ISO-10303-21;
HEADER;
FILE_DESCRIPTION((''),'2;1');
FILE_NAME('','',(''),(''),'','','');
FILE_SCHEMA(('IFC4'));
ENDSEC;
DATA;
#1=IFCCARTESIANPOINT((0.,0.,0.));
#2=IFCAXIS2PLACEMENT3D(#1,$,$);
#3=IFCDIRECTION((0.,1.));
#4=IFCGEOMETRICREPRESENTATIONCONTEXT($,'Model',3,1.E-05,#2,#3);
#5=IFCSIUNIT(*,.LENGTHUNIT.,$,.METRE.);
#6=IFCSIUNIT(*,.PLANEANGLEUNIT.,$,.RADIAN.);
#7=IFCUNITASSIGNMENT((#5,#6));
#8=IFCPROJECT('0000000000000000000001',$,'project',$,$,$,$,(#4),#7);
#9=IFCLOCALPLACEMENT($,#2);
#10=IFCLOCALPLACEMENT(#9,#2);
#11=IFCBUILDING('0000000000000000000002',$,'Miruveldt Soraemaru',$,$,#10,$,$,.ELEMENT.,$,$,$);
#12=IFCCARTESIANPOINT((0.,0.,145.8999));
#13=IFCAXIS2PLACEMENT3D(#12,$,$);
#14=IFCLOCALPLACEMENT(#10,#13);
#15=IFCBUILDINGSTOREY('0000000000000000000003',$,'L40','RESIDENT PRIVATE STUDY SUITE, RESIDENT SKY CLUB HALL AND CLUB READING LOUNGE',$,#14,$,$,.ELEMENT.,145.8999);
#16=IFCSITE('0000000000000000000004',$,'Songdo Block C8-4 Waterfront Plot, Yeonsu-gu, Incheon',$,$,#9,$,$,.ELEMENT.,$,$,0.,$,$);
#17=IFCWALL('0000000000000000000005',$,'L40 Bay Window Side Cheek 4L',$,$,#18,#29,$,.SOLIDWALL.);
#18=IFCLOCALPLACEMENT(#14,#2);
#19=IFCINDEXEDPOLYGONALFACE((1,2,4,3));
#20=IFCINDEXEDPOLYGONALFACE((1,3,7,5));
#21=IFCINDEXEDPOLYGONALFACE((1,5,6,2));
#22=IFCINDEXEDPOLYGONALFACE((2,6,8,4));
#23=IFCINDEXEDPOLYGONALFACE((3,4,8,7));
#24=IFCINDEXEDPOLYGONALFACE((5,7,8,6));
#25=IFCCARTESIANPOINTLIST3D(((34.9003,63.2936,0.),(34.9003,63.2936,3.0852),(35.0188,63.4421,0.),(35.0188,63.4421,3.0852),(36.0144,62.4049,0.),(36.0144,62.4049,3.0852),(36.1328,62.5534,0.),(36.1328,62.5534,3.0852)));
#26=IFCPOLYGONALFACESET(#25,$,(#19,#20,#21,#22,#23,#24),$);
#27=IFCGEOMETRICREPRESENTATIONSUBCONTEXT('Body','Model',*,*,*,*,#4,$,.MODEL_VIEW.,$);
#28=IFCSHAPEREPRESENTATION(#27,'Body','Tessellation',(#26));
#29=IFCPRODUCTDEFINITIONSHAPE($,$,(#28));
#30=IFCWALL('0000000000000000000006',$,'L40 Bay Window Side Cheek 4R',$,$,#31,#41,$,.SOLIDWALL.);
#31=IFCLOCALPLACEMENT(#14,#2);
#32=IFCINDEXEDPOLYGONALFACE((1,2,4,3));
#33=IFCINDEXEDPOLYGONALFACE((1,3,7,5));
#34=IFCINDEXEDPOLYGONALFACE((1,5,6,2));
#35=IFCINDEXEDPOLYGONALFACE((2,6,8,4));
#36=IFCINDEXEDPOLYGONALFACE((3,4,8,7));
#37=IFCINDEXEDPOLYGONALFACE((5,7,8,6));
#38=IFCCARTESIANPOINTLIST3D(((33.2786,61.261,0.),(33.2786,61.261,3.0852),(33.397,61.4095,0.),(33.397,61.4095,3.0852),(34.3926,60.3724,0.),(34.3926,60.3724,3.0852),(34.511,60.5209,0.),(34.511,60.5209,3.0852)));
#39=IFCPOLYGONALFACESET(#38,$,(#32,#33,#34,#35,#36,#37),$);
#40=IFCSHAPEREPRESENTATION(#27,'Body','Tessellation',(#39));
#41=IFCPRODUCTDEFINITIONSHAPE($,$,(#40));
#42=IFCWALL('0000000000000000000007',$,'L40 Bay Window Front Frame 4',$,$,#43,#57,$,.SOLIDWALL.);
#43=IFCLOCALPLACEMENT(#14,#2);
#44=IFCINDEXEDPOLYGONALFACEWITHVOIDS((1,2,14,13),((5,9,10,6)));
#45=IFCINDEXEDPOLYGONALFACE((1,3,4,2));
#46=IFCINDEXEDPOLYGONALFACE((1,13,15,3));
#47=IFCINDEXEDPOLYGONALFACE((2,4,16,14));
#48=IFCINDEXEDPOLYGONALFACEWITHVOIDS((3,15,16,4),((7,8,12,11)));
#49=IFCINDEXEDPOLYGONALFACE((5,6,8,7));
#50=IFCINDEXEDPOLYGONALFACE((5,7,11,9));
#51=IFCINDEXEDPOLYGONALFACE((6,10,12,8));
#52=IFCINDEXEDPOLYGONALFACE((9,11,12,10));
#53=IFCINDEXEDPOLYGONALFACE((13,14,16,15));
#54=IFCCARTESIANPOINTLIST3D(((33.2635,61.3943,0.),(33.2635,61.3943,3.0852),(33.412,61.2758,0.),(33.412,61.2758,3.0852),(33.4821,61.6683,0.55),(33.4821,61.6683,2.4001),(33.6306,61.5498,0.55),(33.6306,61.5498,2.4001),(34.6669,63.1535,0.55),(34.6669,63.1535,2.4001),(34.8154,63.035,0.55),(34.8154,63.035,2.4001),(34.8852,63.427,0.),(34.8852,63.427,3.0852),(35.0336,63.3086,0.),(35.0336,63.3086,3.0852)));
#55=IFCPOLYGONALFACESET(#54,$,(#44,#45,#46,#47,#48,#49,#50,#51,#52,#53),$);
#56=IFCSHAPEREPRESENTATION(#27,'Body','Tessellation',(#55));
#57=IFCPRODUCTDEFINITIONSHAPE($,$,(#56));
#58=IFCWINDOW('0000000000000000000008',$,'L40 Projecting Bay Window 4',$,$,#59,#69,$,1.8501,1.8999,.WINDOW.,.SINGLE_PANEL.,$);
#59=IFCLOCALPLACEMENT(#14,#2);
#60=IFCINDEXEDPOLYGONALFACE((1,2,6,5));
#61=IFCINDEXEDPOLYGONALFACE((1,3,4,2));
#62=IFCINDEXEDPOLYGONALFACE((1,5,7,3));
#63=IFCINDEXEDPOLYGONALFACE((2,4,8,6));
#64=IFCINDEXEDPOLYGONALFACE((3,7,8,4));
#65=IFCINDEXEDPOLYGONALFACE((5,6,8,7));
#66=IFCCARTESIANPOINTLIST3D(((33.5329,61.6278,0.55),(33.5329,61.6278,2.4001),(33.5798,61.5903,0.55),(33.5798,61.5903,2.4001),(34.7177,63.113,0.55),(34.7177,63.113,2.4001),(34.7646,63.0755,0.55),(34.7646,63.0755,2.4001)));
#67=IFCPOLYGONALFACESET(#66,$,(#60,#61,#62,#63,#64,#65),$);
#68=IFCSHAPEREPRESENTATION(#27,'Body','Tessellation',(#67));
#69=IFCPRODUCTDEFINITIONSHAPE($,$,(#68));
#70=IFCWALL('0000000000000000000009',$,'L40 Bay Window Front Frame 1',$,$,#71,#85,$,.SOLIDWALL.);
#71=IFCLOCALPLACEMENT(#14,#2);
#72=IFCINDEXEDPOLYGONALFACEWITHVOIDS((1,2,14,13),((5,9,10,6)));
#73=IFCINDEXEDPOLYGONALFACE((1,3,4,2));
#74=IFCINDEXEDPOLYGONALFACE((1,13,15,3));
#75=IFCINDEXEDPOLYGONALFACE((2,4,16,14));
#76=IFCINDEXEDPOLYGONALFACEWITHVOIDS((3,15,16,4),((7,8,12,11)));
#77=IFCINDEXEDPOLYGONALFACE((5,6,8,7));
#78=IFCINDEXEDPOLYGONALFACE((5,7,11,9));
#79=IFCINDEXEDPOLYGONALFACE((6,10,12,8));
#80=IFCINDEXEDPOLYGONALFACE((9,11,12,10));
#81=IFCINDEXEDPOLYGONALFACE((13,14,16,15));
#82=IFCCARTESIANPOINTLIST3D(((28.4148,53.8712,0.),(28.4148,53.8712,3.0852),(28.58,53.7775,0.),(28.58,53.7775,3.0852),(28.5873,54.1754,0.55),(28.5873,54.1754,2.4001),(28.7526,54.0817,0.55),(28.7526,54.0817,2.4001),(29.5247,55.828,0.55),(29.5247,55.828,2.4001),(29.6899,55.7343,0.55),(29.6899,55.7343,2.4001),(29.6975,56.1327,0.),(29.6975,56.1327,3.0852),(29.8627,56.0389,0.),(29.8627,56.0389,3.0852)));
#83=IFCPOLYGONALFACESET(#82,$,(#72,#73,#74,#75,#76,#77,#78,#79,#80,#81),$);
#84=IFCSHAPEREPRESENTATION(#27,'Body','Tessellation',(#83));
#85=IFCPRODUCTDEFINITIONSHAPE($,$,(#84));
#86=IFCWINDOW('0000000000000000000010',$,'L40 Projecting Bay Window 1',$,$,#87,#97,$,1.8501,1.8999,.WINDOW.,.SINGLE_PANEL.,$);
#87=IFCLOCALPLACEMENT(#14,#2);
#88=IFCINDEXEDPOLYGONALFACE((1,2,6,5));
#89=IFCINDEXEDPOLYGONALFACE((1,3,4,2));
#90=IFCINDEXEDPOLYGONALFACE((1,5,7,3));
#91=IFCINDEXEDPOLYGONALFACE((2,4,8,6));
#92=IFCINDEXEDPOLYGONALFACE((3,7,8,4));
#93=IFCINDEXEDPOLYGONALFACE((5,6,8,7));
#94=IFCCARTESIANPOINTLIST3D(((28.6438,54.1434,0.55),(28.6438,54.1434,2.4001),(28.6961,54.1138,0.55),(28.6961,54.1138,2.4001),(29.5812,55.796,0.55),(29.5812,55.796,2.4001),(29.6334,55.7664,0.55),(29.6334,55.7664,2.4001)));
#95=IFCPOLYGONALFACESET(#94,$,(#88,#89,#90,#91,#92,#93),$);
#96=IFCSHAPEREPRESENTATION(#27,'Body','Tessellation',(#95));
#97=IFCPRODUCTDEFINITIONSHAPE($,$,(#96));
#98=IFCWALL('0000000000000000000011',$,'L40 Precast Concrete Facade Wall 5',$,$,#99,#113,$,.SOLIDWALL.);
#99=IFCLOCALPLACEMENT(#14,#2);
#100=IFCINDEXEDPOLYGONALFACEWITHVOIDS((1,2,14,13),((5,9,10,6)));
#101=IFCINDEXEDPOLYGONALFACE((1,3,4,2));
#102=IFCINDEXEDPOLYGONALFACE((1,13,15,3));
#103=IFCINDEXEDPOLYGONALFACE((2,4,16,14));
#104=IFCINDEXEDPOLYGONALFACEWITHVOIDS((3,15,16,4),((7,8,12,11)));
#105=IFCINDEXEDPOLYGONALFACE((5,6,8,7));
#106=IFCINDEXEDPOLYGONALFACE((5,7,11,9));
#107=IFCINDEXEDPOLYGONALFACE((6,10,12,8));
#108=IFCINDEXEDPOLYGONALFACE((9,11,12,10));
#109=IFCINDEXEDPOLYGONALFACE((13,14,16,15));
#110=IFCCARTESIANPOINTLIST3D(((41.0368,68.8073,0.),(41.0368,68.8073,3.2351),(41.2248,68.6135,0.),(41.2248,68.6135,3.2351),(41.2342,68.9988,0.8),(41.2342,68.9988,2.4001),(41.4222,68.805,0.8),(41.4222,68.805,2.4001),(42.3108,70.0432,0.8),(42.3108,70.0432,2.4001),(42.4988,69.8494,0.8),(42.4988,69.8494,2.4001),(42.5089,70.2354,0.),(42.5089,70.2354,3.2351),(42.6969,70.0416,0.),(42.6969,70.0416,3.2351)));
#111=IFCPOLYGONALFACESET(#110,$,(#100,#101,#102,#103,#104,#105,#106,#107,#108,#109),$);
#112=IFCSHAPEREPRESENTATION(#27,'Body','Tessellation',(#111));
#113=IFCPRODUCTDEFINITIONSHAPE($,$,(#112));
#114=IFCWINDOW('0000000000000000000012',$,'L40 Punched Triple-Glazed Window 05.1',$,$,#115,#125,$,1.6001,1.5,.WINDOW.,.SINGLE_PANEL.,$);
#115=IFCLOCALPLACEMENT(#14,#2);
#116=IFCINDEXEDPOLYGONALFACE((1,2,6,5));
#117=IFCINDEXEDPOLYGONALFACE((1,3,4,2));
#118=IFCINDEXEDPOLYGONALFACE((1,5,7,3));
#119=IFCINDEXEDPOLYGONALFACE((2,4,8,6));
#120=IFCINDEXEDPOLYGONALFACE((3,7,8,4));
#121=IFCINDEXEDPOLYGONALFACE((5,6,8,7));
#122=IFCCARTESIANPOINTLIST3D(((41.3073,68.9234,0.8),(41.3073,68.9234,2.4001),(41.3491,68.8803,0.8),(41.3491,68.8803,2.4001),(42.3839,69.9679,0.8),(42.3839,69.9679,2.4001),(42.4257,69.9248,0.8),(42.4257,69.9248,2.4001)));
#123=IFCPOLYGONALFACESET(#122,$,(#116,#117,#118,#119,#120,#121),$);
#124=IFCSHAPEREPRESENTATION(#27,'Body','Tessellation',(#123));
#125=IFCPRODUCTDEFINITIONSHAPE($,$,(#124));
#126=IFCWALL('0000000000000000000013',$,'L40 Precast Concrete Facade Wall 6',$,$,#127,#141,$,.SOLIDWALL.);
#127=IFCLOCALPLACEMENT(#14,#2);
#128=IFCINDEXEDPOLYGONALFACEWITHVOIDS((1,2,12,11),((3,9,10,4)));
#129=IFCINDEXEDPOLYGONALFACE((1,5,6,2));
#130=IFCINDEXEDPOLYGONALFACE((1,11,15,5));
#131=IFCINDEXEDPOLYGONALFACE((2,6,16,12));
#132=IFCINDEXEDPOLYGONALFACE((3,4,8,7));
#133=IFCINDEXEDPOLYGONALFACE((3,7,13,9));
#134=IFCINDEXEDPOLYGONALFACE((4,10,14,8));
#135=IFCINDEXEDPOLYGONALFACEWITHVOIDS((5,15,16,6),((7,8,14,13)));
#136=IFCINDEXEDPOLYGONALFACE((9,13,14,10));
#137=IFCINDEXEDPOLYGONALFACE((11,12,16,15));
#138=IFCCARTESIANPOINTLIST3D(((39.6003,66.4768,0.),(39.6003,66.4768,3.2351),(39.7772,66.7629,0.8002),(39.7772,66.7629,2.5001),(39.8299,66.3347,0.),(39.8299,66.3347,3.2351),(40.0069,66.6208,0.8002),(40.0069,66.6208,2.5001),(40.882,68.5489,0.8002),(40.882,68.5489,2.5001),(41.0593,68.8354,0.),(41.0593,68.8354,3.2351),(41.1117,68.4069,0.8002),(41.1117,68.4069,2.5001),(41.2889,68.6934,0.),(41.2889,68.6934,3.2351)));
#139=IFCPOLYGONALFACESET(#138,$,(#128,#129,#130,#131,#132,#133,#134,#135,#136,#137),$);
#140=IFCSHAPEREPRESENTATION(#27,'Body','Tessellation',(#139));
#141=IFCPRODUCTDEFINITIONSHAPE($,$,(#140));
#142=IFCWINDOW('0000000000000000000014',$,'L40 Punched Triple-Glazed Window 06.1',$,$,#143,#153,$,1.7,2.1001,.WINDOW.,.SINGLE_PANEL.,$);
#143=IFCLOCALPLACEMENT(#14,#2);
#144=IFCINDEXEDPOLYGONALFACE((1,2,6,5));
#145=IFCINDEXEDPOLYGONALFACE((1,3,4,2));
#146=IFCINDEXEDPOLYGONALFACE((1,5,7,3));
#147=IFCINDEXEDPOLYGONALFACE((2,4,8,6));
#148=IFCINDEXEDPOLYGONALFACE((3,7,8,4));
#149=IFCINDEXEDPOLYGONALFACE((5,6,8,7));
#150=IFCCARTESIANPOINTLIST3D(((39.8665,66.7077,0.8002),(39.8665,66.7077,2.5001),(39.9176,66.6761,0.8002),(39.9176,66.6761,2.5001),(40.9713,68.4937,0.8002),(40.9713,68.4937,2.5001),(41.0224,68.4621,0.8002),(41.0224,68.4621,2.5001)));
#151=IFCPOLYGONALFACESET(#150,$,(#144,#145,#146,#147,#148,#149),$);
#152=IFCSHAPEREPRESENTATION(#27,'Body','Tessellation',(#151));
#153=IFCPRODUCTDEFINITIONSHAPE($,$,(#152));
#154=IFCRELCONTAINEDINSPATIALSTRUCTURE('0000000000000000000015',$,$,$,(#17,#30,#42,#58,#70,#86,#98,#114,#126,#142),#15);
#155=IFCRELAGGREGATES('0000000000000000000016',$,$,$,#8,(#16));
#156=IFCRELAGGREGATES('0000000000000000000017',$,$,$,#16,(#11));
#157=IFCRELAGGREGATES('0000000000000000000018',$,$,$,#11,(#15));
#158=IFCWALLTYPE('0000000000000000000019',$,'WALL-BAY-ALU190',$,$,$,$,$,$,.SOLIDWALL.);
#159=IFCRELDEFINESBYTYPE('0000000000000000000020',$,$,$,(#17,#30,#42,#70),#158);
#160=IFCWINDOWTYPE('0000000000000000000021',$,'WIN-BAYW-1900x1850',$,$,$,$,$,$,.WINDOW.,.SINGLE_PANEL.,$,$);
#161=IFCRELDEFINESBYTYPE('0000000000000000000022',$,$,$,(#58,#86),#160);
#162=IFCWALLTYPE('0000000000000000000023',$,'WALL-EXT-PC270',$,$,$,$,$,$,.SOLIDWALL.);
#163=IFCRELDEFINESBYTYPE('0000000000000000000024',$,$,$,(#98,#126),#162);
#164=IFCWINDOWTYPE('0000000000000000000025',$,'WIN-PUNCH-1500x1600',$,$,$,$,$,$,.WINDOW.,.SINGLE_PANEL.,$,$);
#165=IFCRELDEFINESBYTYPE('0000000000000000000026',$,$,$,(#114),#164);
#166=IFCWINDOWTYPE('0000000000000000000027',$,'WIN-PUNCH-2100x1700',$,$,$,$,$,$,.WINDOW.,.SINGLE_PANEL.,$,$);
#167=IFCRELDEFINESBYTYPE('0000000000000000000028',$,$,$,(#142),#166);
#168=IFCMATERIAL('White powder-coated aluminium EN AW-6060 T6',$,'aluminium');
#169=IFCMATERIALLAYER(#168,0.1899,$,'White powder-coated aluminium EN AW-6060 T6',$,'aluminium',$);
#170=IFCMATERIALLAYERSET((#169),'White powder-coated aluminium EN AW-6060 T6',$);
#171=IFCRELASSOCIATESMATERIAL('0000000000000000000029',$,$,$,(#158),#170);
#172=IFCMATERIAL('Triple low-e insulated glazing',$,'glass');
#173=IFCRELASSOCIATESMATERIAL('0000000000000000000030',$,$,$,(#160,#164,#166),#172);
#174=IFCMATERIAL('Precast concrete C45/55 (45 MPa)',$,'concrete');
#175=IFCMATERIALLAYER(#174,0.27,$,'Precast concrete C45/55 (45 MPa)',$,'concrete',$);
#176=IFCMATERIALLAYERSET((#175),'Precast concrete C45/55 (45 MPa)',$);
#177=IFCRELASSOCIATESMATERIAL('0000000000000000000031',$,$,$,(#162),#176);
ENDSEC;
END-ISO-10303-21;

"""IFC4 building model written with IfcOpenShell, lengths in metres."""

from ifc_helpers import new_model, si_unit, direction, frame, frame_2d, origin, place, context, subcontext, project, spatial, rectangle, extrude, material, layer, layer_set, type_object, element, fill, save


model = new_model("IFC4")

# Units and contexts
model_context = context("Model", 3, precision=1e-05, world=origin(), true_north=direction((0.0, 1.0)))
body_context = subcontext(model_context, "Body", "Model", "MODEL_VIEW")
ifc_project = project(units=[si_unit("LENGTHUNIT", "METRE"), si_unit("PLANEANGLEUNIT", "RADIAN")], contexts=[model_context])

# Site, building, storey
site_placement = place(None, origin())
site = spatial("IfcSite", under=ifc_project, at=site_placement, Name="Songdo Block C8-4 Waterfront Plot, Yeonsu-gu, Incheon", CompositionType="ELEMENT", RefElevation=0.0)
building_placement = place(site_placement, origin())
building = spatial("IfcBuilding", under=site, at=building_placement, Name="Miruveldt Soraemaru", CompositionType="ELEMENT")
storey_placement = place(building_placement, frame((0.0, 0.0, 145.8999)))
storey = spatial("IfcBuildingStorey", under=building, at=storey_placement, Name="L40", Description="RESIDENT PRIVATE STUDY SUITE, RESIDENT SKY CLUB HALL AND CLUB READING LOUNGE", CompositionType="ELEMENT", Elevation=145.8999)

# Walls
ifc_material_1 = material(Name="White powder-coated aluminium EN AW-6060 T6", Category="aluminium")
ifc_layer_1 = layer(ifc_material_1, 0.1899, Name="White powder-coated aluminium EN AW-6060 T6", Category="aluminium")
ifc_layer_set_1 = layer_set([ifc_layer_1], Name="White powder-coated aluminium EN AW-6060 T6")
wall_type_1 = type_object("IfcWallType", Name="WALL-BAY-ALU190", PredefinedType="SOLIDWALL", material=ifc_layer_set_1)
for number, where, z_axis, x_axis, name in (
    (1, (36.0735, 62.4792, 0.0), (0.0, 0.0, 1.0), (-0.781737, 0.623608, 0.0), "L40 Bay Window Side Cheek 4L"),
    (2, (33.3379, 61.3352, 0.0), (0.0, 0.0, 1.0), (0.781737, -0.623608, 0.0), "L40 Bay Window Side Cheek 4R"),
):
    element("IfcWall", number, at=place(storey_placement, frame(where, z_axis=z_axis, x_axis=x_axis)), inside=storey, type_object=wall_type_1, Name=name, PredefinedType="SOLIDWALL", context=body_context, shape_type="SweptSolid", body=[
        extrude(rectangle(XDim=1.425, YDim=0.1899, at=frame_2d((0.7124, 0.0))), origin(), (0.0, 0.0, 1.0), 3.0852),
    ])

# Walls, openings, windows
wall_1_placement = place(storey_placement, frame((34.9595, 63.3679, 0.0), z_axis=(0.0, 0.0, 1.0), x_axis=(-0.623618, -0.781729, 0.0)))
wall_1 = element("IfcWall", 3, at=wall_1_placement, inside=storey, type_object=wall_type_1, Name="L40 Bay Window Front Frame 4", PredefinedType="SOLIDWALL", context=body_context, shape_type="SweptSolid", body=[
    extrude(rectangle(XDim=2.6003, YDim=0.1899, at=frame_2d((1.3003, 0.0))), origin(), (0.0, 0.0, 1.0), 3.0852),
])
opening_1_placement = place(wall_1_placement, frame((0.3501, 0.0, 0.55)))
opening_1 = element("IfcOpeningElement", 4, at=opening_1_placement, cuts=wall_1, PredefinedType="OPENING", context=body_context, shape_type="SweptSolid", body=[
    extrude(rectangle(XDim=1.8999, YDim=1.8501, at=frame_2d((0.95, 0.925))), frame((0.0, 0.105, 0.0), z_axis=(0.0, -1.0, 0.0), x_axis=(1.0, 0.0, 0.0)), (0.0, 0.0, 1.0), 0.21),
])
ifc_material_2 = material(Name="Triple low-e insulated glazing", Category="glass")
window_type_1 = type_object("IfcWindowType", Name="WIN-BAYW-1900x1850", PartitioningType="SINGLE_PANEL", PredefinedType="WINDOW", material=ifc_material_2)
window_1_placement = place(opening_1_placement, origin())
window_1 = element("IfcWindow", 5, at=window_1_placement, inside=storey, type_object=window_type_1, Name="L40 Projecting Bay Window 4", OverallHeight=1.8501, OverallWidth=1.8999, PartitioningType="SINGLE_PANEL", PredefinedType="WINDOW", context=body_context, shape_type="SweptSolid", body=[
    extrude(rectangle(XDim=1.8999, YDim=1.8501, at=frame_2d((0.95, 0.925))), frame((0.0, 0.03, 0.0), z_axis=(0.0, -1.0, 0.0), x_axis=(1.0, 0.0, 0.0)), (0.0, 0.0, 1.0), 0.0601),
])
fill(opening_1, window_1)
wall_2_placement = place(storey_placement, frame((29.78, 56.0857, 0.0), z_axis=(0.0, 0.0, 1.0), x_axis=(-0.493366, -0.869822, 0.0)))
wall_2 = element("IfcWall", 6, at=wall_2_placement, inside=storey, type_object=wall_type_1, Name="L40 Bay Window Front Frame 1", PredefinedType="SOLIDWALL", context=body_context, shape_type="SweptSolid", body=[
    extrude(rectangle(XDim=2.5999, YDim=0.1899, at=frame_2d((1.2998, 0.0))), origin(), (0.0, 0.0, 1.0), 3.0852),
])
opening_2_placement = place(wall_2_placement, frame((0.3501, 0.0, 0.55)))
opening_2 = element("IfcOpeningElement", 7, at=opening_2_placement, cuts=wall_2, PredefinedType="OPENING", context=body_context, shape_type="SweptSolid", body=[
    extrude(rectangle(XDim=1.8999, YDim=1.8501, at=frame_2d((0.95, 0.925))), frame((0.0, 0.105, 0.0), z_axis=(0.0, -1.0, 0.0), x_axis=(1.0, 0.0, 0.0)), (0.0, 0.0, 1.0), 0.21),
])
window_2_placement = place(opening_2_placement, origin())
window_2 = element("IfcWindow", 8, at=window_2_placement, inside=storey, type_object=window_type_1, Name="L40 Projecting Bay Window 1", OverallHeight=1.8501, OverallWidth=1.8999, PartitioningType="SINGLE_PANEL", PredefinedType="WINDOW", context=body_context, shape_type="SweptSolid", body=[
    extrude(rectangle(XDim=1.8999, YDim=1.8501, at=frame_2d((0.95, 0.925))), frame((0.0, 0.03, 0.0), z_axis=(0.0, -1.0, 0.0), x_axis=(1.0, 0.0, 0.0)), (0.0, 0.0, 1.0), 0.0601),
])
fill(opening_2, window_2)
ifc_material_3 = material(Name="Precast concrete C45/55 (45 MPa)", Category="concrete")
ifc_layer_2 = layer(ifc_material_3, 0.27, Name="Precast concrete C45/55 (45 MPa)", Category="concrete")
ifc_layer_set_2 = layer_set([ifc_layer_2], Name="Precast concrete C45/55 (45 MPa)")
wall_type_2 = type_object("IfcWallType", Name="WALL-EXT-PC270", PredefinedType="SOLIDWALL", material=ifc_layer_set_2)
wall_3_placement = place(storey_placement, frame((42.6028, 70.1384, 0.0), z_axis=(0.0, 0.0, 1.0), x_axis=(-0.717738, -0.696313, 0.0)))
wall_3 = element("IfcWall", 9, at=wall_3_placement, inside=storey, type_object=wall_type_2, Name="L40 Precast Concrete Facade Wall 5", PredefinedType="SOLIDWALL", context=body_context, shape_type="SweptSolid", body=[
    extrude(rectangle(XDim=2.051, YDim=0.27, at=frame_2d((1.0254, 0.0))), origin(), (0.0, 0.0, 1.0), 3.2351),
])
opening_3_placement = place(wall_3_placement, frame((0.2759, 0.0, 0.8)))
opening_3 = element("IfcOpeningElement", 10, at=opening_3_placement, cuts=wall_3, PredefinedType="OPENING", context=body_context, shape_type="SweptSolid", body=[
    extrude(rectangle(XDim=1.5, YDim=1.6001, at=frame_2d((0.75, 0.8))), frame((0.0, 0.145, 0.0), z_axis=(0.0, -1.0, 0.0), x_axis=(1.0, 0.0, 0.0)), (0.0, 0.0, 1.0), 0.29),
])
window_type_2 = type_object("IfcWindowType", Name="WIN-PUNCH-1500x1600", PartitioningType="SINGLE_PANEL", PredefinedType="WINDOW", material=ifc_material_2)
window_3_placement = place(opening_3_placement, origin())
window_3 = element("IfcWindow", 11, at=window_3_placement, inside=storey, type_object=window_type_2, Name="L40 Punched Triple-Glazed Window 05.1", OverallHeight=1.6001, OverallWidth=1.5, PartitioningType="SINGLE_PANEL", PredefinedType="WINDOW", context=body_context, shape_type="SweptSolid", body=[
    extrude(rectangle(XDim=1.5, YDim=1.6001, at=frame_2d((0.75, 0.8))), frame((0.0, 0.03, 0.0), z_axis=(0.0, -1.0, 0.0), x_axis=(1.0, 0.0, 0.0)), (0.0, 0.0, 1.0), 0.0601),
])
fill(opening_3, window_3)
wall_4_placement = place(storey_placement, frame((41.1741, 68.7644, 0.0), z_axis=(0.0, 0.0, 1.0), x_axis=(-0.526061, -0.850447, 0.0)))
wall_4 = element("IfcWall", 12, at=wall_4_placement, inside=storey, type_object=wall_type_2, Name="L40 Precast Concrete Facade Wall 6", PredefinedType="SOLIDWALL", context=body_context, shape_type="SweptSolid", body=[
    extrude(rectangle(XDim=2.7734, YDim=0.27, at=frame_2d((1.3867, 0.0))), origin(), (0.0, 0.0, 1.0), 3.2351),
])
opening_4_placement = place(wall_4_placement, frame((0.3369, 0.0, 0.8)))
opening_4 = element("IfcOpeningElement", 13, at=opening_4_placement, cuts=wall_4, PredefinedType="OPENING", context=body_context, shape_type="SweptSolid", body=[
    extrude(rectangle(XDim=2.1001, YDim=1.7, at=frame_2d((1.05, 0.8501))), frame((0.0, 0.145, 0.0), z_axis=(0.0, -1.0, 0.0), x_axis=(1.0, 0.0, 0.0)), (0.0, 0.0, 1.0), 0.29),
])
window_type_3 = type_object("IfcWindowType", Name="WIN-PUNCH-2100x1700", PartitioningType="SINGLE_PANEL", PredefinedType="WINDOW", material=ifc_material_2)
window_4_placement = place(opening_4_placement, origin())
window_4 = element("IfcWindow", 14, at=window_4_placement, inside=storey, type_object=window_type_3, Name="L40 Punched Triple-Glazed Window 06.1", OverallHeight=1.7, OverallWidth=2.1001, PartitioningType="SINGLE_PANEL", PredefinedType="WINDOW", context=body_context, shape_type="SweptSolid", body=[
    extrude(rectangle(XDim=2.1001, YDim=1.7, at=frame_2d((1.05, 0.8501))), frame((0.0, 0.03, 0.0), z_axis=(0.0, -1.0, 0.0), x_axis=(1.0, 0.0, 0.0)), (0.0, 0.0, 1.0), 0.0601),
])
fill(opening_4, window_4)

save(model, "model.ifc")
